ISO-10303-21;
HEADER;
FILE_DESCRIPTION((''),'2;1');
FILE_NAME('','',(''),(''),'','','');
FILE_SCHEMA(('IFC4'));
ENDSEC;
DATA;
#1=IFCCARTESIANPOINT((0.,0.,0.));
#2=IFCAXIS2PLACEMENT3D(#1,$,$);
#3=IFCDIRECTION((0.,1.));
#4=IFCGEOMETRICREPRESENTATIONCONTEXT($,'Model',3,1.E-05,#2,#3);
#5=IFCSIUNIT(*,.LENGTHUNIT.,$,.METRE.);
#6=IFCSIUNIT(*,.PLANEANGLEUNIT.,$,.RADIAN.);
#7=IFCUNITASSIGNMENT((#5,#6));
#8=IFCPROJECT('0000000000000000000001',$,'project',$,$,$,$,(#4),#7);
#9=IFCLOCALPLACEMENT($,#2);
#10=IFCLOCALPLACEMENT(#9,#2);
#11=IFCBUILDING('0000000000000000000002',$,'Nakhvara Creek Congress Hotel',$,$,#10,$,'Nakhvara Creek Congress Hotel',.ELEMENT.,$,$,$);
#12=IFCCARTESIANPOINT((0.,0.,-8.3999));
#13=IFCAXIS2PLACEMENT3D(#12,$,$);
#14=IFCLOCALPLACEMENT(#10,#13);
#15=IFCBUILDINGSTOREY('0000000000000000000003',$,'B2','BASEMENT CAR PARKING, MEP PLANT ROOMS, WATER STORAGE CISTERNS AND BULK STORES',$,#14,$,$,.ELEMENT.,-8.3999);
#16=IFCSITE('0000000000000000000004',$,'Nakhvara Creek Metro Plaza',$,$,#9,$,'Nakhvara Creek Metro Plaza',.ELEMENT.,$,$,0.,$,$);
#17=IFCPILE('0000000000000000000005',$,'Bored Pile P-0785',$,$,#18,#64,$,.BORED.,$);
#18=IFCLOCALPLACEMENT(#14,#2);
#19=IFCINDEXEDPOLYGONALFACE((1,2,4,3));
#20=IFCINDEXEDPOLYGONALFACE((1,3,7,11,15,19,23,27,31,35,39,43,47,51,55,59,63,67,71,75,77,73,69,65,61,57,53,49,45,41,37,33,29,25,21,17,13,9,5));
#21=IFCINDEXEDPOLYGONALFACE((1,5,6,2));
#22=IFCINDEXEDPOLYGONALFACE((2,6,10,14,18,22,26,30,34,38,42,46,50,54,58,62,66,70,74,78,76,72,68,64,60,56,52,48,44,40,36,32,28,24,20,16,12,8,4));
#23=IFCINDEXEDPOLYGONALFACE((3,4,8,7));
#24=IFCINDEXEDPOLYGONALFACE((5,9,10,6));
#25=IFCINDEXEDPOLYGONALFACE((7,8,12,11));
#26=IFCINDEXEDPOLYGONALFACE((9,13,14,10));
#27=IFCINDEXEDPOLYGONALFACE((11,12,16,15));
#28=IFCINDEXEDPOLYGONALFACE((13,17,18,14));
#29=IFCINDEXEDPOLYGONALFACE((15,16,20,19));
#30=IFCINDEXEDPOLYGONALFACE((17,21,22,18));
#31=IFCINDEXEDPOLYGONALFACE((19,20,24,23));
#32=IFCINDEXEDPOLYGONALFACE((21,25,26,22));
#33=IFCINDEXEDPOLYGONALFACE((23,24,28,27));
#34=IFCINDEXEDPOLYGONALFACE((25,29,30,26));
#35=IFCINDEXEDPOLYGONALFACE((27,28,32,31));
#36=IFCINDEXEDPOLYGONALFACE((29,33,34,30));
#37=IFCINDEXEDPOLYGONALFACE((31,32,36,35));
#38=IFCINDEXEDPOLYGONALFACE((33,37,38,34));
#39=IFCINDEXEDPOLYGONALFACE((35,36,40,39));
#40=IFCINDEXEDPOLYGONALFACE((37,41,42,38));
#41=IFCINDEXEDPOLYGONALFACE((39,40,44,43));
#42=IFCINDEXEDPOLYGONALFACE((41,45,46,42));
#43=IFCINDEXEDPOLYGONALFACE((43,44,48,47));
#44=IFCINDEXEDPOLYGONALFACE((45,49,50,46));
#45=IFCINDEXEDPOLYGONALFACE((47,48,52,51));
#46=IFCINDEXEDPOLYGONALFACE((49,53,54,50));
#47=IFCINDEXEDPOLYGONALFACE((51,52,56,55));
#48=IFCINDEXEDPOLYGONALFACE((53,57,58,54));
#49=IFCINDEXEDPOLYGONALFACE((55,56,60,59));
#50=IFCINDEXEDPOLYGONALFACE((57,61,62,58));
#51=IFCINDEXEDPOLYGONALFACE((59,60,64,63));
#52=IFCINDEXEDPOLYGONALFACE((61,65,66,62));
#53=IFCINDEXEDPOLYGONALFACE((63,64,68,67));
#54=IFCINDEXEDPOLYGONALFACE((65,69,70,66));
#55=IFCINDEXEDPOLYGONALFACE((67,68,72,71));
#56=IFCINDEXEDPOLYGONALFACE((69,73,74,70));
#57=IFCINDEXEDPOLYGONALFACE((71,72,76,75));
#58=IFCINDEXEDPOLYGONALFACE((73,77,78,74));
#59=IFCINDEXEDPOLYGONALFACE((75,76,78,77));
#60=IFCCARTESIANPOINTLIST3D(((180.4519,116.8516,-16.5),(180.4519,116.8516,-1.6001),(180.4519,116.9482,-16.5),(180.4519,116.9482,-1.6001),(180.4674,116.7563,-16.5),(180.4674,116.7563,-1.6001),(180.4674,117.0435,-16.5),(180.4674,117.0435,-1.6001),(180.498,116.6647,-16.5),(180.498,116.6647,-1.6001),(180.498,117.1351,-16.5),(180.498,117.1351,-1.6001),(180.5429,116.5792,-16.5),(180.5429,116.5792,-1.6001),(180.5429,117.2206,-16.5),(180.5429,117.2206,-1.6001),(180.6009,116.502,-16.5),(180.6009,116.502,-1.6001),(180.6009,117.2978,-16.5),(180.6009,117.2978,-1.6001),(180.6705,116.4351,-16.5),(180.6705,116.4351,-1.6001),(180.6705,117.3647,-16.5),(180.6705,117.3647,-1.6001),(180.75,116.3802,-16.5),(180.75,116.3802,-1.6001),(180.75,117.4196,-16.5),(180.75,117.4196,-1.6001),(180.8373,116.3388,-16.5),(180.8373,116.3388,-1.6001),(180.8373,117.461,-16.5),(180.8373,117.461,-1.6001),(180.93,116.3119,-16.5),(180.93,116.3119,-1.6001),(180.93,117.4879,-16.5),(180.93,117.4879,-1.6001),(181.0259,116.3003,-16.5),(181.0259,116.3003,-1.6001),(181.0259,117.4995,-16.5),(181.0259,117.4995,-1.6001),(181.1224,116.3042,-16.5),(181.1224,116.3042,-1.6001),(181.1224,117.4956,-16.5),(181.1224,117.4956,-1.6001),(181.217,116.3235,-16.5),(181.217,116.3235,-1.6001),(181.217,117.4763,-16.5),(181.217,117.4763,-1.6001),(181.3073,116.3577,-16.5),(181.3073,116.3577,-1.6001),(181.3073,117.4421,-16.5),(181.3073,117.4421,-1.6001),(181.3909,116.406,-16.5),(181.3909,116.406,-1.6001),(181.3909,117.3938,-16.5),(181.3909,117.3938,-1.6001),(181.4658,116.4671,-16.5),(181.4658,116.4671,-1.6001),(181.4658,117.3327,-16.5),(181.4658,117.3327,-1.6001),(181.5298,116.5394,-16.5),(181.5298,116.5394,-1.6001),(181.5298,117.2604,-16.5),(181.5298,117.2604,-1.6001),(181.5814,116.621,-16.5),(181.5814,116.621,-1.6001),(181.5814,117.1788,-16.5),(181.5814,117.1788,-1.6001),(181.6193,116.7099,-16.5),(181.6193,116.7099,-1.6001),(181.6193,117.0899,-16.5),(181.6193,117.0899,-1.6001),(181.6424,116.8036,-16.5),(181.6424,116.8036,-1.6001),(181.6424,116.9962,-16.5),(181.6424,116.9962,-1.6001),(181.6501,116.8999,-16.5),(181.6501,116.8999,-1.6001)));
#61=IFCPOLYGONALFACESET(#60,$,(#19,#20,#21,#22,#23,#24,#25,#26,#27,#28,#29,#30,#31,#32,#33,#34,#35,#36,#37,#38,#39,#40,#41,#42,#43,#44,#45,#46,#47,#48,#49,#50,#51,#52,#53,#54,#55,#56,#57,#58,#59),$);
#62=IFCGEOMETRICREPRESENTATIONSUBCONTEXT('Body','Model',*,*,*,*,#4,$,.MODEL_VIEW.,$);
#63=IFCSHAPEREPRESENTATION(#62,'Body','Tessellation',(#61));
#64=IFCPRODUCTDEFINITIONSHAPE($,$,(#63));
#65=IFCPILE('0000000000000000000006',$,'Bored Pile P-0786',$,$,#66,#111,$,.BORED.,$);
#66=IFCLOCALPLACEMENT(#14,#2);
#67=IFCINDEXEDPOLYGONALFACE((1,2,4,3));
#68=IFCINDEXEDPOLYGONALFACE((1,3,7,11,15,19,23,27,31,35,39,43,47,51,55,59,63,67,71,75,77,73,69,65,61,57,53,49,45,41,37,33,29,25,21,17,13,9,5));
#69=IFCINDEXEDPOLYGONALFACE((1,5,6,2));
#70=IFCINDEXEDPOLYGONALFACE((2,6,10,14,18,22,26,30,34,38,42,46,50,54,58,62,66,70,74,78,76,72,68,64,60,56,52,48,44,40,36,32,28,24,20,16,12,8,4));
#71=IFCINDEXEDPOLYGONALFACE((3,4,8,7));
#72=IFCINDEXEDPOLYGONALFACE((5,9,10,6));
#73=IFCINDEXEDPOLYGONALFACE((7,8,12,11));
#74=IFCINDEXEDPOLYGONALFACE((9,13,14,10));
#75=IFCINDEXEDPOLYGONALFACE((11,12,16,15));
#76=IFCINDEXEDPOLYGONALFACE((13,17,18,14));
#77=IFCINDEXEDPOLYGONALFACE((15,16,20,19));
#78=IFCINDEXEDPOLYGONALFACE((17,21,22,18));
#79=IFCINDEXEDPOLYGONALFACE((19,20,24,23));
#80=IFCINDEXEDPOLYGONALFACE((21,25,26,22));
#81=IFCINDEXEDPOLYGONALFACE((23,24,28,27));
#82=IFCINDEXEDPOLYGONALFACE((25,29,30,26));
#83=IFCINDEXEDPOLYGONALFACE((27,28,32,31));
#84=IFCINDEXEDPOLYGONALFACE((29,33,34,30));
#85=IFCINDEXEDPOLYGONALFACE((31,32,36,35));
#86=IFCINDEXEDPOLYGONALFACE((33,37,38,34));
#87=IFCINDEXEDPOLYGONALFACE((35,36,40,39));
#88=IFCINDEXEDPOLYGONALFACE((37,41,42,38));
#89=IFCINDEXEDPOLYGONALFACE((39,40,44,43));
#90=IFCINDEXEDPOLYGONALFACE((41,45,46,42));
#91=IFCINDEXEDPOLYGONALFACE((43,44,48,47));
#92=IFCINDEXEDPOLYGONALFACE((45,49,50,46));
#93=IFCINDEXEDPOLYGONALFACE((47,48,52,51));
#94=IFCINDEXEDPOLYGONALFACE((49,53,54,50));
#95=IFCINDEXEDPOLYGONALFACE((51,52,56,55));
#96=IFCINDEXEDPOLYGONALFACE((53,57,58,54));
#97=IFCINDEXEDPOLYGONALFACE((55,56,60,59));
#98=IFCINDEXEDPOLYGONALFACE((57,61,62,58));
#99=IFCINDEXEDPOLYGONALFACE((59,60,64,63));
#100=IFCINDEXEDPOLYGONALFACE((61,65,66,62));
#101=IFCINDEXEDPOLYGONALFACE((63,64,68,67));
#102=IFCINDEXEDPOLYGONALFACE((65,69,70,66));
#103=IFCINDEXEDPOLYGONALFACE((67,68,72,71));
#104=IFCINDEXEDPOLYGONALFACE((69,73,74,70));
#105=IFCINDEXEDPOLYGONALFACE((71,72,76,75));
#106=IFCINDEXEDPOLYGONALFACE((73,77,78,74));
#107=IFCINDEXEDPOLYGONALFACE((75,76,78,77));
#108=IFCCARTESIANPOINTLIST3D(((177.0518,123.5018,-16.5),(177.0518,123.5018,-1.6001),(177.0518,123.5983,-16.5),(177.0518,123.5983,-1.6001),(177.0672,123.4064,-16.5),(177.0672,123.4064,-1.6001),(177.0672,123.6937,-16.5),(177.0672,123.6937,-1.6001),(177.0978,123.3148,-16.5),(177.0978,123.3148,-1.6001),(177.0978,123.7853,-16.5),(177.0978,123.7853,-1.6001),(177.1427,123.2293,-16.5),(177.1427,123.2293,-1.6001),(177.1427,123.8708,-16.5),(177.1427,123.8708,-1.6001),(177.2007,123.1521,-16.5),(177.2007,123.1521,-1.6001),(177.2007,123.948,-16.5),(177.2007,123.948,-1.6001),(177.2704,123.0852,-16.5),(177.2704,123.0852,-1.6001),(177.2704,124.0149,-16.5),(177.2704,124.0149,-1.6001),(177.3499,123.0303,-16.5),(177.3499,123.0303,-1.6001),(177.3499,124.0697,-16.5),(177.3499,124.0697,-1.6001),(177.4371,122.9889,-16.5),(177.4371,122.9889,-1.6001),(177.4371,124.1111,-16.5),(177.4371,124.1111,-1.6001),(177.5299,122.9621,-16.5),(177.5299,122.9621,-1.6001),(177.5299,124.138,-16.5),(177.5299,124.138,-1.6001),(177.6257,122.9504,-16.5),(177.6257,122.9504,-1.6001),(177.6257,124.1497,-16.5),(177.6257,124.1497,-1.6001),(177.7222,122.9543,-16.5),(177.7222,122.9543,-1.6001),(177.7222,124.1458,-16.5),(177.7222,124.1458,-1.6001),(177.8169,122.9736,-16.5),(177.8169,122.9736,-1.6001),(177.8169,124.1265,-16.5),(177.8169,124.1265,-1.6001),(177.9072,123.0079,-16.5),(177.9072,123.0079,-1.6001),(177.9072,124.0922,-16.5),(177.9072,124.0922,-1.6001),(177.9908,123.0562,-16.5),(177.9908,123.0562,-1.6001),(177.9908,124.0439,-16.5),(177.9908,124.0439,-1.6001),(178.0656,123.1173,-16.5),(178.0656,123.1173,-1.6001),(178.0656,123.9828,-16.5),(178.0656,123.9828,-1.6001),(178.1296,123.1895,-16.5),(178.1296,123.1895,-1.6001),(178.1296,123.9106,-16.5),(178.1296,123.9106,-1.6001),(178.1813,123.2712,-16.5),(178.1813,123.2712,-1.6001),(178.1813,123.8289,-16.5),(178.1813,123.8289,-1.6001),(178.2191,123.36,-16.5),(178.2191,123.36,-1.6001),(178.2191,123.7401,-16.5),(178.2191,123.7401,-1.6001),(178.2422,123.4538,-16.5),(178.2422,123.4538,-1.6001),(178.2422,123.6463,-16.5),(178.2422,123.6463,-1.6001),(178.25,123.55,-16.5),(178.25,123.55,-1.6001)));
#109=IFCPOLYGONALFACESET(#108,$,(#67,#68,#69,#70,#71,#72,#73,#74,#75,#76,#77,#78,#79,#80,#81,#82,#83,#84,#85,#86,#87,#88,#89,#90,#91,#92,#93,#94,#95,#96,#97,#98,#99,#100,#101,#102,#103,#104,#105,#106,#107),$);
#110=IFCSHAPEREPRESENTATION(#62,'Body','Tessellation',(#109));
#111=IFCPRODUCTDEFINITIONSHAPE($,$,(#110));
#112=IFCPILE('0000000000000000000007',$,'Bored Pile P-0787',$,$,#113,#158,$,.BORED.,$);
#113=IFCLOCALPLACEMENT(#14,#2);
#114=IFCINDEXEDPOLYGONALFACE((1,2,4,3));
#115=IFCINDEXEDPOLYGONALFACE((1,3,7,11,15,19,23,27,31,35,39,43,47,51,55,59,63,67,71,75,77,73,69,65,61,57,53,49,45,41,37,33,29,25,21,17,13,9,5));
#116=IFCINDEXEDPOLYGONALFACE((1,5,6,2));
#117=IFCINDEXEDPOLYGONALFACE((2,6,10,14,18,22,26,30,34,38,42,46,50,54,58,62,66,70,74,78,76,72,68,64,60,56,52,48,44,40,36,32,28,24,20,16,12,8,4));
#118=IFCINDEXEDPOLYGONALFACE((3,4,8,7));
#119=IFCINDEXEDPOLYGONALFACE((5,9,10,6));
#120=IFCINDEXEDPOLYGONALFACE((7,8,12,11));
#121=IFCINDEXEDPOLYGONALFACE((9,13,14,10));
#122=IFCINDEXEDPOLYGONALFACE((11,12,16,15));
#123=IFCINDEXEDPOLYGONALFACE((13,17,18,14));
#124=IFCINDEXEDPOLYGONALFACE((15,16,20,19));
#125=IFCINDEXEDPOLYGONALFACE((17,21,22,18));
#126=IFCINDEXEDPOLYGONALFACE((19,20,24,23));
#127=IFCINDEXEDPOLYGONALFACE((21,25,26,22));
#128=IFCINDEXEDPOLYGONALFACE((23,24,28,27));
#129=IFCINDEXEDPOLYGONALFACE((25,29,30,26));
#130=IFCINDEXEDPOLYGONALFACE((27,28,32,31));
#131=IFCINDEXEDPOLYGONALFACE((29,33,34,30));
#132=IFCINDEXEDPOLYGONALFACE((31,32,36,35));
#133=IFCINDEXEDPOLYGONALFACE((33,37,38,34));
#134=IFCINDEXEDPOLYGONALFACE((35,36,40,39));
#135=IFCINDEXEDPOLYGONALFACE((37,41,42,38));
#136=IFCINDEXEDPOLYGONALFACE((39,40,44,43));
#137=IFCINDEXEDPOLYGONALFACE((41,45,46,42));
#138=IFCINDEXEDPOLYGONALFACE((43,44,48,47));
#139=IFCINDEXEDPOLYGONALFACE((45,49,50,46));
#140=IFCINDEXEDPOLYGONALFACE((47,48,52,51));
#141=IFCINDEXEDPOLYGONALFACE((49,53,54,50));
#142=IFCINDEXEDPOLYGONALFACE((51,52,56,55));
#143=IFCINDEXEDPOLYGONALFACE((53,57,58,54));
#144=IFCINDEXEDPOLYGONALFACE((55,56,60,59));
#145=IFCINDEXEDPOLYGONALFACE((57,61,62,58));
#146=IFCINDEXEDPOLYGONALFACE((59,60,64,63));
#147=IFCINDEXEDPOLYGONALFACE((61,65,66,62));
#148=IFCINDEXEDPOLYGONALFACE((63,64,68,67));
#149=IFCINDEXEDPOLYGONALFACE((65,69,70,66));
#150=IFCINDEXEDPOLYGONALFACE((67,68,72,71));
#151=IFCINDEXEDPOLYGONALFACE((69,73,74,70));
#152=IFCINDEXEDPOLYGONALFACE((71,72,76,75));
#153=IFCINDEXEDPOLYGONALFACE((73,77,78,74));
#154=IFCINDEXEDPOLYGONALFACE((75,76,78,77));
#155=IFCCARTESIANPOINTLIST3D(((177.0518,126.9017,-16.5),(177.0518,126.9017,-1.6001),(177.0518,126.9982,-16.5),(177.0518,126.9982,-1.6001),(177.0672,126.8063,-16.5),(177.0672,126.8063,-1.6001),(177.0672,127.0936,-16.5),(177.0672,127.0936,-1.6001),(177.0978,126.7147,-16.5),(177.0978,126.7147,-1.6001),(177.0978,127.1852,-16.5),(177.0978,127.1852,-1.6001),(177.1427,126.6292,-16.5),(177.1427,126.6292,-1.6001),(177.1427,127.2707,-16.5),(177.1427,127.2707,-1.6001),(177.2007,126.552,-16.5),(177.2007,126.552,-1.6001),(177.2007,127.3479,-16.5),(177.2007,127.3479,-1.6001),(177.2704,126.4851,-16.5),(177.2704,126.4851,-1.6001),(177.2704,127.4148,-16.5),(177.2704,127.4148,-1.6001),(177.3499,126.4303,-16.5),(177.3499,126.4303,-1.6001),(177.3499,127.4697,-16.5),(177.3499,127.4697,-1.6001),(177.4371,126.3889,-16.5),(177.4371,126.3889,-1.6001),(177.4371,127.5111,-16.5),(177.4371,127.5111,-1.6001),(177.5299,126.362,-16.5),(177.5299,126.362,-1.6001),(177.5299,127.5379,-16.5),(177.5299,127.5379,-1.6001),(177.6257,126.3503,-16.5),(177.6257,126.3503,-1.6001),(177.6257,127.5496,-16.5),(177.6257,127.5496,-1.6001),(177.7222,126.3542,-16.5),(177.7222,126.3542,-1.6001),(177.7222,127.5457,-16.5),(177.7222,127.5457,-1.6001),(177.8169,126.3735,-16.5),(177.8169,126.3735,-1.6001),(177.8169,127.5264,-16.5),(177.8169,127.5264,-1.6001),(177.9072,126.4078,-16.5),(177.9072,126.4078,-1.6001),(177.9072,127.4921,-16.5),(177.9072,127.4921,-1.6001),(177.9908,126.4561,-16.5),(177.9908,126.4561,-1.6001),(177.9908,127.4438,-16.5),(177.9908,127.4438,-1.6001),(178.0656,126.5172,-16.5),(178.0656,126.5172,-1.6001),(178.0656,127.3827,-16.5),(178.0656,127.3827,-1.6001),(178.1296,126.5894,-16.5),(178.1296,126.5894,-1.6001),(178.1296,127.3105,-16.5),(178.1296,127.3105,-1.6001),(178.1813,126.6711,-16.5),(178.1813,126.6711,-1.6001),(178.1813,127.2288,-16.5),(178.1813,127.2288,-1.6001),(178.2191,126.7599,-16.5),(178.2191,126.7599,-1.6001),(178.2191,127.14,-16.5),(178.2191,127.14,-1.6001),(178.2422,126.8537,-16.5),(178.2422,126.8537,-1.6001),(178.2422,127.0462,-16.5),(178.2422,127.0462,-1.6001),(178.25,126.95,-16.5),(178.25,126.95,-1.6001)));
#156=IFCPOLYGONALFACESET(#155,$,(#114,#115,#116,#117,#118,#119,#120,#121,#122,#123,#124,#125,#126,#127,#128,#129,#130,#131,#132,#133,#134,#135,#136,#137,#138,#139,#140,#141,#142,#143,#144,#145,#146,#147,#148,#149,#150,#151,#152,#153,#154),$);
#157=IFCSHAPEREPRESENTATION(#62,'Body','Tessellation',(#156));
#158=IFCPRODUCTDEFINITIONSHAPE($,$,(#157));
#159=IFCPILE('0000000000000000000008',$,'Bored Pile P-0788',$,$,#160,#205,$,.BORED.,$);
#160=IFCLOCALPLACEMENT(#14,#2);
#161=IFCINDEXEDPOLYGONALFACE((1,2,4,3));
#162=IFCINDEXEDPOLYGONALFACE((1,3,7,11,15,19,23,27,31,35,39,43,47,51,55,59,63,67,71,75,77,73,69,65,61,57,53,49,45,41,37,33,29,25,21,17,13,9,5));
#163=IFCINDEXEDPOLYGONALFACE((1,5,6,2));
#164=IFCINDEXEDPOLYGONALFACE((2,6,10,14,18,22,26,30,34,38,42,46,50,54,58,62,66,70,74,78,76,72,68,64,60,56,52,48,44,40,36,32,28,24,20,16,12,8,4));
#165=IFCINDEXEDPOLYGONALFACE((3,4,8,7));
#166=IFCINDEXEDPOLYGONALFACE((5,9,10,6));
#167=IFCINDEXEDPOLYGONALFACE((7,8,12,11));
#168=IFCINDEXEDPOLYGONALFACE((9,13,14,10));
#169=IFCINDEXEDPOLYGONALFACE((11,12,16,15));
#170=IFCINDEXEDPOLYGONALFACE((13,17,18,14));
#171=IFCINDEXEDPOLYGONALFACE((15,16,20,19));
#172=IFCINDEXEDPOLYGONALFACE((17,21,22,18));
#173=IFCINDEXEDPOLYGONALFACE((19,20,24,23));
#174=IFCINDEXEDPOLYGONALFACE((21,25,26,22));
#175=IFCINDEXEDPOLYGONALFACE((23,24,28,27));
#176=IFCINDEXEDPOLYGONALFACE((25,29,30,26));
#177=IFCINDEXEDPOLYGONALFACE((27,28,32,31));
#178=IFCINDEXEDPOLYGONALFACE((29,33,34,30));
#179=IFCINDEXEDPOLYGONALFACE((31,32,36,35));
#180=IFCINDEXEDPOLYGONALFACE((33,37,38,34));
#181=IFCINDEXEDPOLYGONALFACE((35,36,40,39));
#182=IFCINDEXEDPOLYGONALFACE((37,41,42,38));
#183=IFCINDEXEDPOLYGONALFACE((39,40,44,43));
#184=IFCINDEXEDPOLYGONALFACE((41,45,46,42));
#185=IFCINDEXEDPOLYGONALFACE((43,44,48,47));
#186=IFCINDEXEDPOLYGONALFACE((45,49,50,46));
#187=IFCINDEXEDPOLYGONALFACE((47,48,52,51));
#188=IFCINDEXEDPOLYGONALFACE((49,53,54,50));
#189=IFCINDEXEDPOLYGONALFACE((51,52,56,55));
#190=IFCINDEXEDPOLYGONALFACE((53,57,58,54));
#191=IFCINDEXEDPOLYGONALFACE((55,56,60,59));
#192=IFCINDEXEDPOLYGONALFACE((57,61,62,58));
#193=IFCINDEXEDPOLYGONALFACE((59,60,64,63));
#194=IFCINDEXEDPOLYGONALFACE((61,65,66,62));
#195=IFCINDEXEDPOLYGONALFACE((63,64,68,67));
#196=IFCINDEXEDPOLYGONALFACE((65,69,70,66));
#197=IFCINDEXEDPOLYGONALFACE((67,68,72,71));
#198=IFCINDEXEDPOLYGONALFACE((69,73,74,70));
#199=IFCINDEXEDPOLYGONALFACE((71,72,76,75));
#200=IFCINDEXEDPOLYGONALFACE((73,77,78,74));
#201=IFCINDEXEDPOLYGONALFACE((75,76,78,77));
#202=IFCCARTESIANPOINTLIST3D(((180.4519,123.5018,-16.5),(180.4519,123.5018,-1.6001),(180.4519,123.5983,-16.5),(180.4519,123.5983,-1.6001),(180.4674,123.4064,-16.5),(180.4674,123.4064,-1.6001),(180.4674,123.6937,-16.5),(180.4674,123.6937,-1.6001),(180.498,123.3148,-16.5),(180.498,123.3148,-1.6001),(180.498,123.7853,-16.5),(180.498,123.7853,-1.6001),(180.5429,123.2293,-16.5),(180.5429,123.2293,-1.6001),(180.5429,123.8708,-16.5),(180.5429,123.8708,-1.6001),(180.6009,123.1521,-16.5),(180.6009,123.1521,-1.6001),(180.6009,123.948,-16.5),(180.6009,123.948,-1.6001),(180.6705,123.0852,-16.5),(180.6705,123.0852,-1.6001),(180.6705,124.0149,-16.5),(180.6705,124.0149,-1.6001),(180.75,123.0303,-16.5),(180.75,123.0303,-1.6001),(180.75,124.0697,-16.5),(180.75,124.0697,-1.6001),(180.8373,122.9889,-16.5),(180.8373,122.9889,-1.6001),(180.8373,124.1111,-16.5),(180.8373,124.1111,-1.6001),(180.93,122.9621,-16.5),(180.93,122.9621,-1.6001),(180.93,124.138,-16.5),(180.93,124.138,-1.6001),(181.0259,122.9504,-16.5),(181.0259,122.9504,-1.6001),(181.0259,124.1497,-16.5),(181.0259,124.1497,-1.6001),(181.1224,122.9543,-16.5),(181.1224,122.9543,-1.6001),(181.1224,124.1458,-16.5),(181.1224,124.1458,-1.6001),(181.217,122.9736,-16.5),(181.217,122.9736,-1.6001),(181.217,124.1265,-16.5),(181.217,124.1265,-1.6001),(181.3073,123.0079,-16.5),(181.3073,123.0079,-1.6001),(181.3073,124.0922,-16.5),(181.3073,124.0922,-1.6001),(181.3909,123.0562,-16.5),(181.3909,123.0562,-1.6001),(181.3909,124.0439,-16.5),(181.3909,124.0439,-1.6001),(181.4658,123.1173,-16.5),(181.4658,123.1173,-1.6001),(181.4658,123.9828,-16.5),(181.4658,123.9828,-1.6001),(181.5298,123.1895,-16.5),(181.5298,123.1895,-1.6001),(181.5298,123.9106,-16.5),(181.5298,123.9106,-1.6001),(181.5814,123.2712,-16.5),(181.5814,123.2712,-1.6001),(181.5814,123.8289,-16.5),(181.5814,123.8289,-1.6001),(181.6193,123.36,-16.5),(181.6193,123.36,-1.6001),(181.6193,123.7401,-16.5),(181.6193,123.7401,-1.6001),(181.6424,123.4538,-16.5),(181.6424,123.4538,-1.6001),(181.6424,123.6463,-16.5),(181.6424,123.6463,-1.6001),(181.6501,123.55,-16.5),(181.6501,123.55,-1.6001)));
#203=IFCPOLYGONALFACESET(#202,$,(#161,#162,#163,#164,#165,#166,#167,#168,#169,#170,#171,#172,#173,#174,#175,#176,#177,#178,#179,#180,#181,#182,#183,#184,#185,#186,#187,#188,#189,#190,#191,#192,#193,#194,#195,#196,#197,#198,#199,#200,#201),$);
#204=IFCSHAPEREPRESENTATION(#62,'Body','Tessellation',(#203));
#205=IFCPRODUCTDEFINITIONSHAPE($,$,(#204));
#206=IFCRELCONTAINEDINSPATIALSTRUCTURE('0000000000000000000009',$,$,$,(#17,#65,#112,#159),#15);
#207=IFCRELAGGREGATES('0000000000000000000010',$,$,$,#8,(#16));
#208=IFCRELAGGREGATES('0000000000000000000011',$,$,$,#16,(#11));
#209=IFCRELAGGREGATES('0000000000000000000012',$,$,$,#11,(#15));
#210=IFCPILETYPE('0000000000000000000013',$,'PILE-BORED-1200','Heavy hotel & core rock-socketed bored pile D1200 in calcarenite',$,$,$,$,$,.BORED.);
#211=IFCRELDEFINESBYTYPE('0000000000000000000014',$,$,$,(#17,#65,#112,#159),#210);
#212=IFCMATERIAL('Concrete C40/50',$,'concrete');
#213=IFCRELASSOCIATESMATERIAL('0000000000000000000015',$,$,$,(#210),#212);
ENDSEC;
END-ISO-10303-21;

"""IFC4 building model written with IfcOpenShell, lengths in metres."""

from ifc_helpers import new_model, si_unit, direction, frame, origin, origin_2d, place, context, subcontext, project, spatial, circle, extrude, material, material_profile, profile_set, type_object, element, save


model = new_model("IFC4")

# Units and contexts
model_context = context("Model", 3, precision=1e-05, world=origin(), true_north=direction((0.0, 1.0)))
body_context = subcontext(model_context, "Body", "Model", "MODEL_VIEW")
ifc_project = project(units=[si_unit("LENGTHUNIT", "METRE"), si_unit("PLANEANGLEUNIT", "RADIAN")], contexts=[model_context])

# Site, building, storey
site_placement = place(None, origin())
site = spatial("IfcSite", under=ifc_project, at=site_placement, Name="Nakhvara Creek Metro Plaza", LongName="Nakhvara Creek Metro Plaza", CompositionType="ELEMENT", RefElevation=0.0)
building_placement = place(site_placement, origin())
building = spatial("IfcBuilding", under=site, at=building_placement, Name="Nakhvara Creek Congress Hotel", LongName="Nakhvara Creek Congress Hotel", CompositionType="ELEMENT")
storey_placement = place(building_placement, frame((0.0, 0.0, -8.3999)))
storey = spatial("IfcBuildingStorey", under=building, at=storey_placement, Name="B2", Description="BASEMENT CAR PARKING, MEP PLANT ROOMS, WATER STORAGE CISTERNS AND BULK STORES", CompositionType="ELEMENT", Elevation=-8.3999)

# Shared definitions
ifc_material_1 = material(Name="Concrete C40/50", Category="concrete")

# Piles
ifc_material_profile_1 = material_profile(ifc_material_1, circle(Radius=0.6001, at=origin_2d()), Name="BORED PILE D1200", Category="LoadBearing")
ifc_profile_set_1 = profile_set([ifc_material_profile_1], Name="Concrete C40/50")
pile_type = type_object("IfcPileType", Name="PILE-BORED-1200", Description="Heavy hotel & core rock-socketed bored pile D1200 in calcarenite", PredefinedType="BORED", material=ifc_profile_set_1)
for number, where, z_axis, x_axis, name in (
    (1, (181.05, 116.8999, -1.6001), (0.0, 0.0, -1.0), (1.0, 0.0, 0.0), "Bored Pile P-0785"),
    (2, (177.6499, 123.55, -1.6001), (0.0, 0.0, -1.0), (1.0, 0.0, 0.0), "Bored Pile P-0786"),
    (3, (177.6499, 126.95, -1.6001), (0.0, 0.0, -1.0), (1.0, 0.0, 0.0), "Bored Pile P-0787"),
    (4, (181.05, 123.55, -1.6001), (0.0, 0.0, -1.0), (1.0, 0.0, 0.0), "Bored Pile P-0788"),
):
    element("IfcPile", number, at=place(storey_placement, frame(where, z_axis=z_axis, x_axis=x_axis)), inside=storey, type_object=pile_type, Name=name, PredefinedType="BORED", context=body_context, shape_type="SweptSolid", body=[
        extrude(circle(Radius=0.6001, at=origin_2d()), origin(), (0.0, 0.0, 1.0), 14.8999),
    ])

save(model, "model.ifc")
